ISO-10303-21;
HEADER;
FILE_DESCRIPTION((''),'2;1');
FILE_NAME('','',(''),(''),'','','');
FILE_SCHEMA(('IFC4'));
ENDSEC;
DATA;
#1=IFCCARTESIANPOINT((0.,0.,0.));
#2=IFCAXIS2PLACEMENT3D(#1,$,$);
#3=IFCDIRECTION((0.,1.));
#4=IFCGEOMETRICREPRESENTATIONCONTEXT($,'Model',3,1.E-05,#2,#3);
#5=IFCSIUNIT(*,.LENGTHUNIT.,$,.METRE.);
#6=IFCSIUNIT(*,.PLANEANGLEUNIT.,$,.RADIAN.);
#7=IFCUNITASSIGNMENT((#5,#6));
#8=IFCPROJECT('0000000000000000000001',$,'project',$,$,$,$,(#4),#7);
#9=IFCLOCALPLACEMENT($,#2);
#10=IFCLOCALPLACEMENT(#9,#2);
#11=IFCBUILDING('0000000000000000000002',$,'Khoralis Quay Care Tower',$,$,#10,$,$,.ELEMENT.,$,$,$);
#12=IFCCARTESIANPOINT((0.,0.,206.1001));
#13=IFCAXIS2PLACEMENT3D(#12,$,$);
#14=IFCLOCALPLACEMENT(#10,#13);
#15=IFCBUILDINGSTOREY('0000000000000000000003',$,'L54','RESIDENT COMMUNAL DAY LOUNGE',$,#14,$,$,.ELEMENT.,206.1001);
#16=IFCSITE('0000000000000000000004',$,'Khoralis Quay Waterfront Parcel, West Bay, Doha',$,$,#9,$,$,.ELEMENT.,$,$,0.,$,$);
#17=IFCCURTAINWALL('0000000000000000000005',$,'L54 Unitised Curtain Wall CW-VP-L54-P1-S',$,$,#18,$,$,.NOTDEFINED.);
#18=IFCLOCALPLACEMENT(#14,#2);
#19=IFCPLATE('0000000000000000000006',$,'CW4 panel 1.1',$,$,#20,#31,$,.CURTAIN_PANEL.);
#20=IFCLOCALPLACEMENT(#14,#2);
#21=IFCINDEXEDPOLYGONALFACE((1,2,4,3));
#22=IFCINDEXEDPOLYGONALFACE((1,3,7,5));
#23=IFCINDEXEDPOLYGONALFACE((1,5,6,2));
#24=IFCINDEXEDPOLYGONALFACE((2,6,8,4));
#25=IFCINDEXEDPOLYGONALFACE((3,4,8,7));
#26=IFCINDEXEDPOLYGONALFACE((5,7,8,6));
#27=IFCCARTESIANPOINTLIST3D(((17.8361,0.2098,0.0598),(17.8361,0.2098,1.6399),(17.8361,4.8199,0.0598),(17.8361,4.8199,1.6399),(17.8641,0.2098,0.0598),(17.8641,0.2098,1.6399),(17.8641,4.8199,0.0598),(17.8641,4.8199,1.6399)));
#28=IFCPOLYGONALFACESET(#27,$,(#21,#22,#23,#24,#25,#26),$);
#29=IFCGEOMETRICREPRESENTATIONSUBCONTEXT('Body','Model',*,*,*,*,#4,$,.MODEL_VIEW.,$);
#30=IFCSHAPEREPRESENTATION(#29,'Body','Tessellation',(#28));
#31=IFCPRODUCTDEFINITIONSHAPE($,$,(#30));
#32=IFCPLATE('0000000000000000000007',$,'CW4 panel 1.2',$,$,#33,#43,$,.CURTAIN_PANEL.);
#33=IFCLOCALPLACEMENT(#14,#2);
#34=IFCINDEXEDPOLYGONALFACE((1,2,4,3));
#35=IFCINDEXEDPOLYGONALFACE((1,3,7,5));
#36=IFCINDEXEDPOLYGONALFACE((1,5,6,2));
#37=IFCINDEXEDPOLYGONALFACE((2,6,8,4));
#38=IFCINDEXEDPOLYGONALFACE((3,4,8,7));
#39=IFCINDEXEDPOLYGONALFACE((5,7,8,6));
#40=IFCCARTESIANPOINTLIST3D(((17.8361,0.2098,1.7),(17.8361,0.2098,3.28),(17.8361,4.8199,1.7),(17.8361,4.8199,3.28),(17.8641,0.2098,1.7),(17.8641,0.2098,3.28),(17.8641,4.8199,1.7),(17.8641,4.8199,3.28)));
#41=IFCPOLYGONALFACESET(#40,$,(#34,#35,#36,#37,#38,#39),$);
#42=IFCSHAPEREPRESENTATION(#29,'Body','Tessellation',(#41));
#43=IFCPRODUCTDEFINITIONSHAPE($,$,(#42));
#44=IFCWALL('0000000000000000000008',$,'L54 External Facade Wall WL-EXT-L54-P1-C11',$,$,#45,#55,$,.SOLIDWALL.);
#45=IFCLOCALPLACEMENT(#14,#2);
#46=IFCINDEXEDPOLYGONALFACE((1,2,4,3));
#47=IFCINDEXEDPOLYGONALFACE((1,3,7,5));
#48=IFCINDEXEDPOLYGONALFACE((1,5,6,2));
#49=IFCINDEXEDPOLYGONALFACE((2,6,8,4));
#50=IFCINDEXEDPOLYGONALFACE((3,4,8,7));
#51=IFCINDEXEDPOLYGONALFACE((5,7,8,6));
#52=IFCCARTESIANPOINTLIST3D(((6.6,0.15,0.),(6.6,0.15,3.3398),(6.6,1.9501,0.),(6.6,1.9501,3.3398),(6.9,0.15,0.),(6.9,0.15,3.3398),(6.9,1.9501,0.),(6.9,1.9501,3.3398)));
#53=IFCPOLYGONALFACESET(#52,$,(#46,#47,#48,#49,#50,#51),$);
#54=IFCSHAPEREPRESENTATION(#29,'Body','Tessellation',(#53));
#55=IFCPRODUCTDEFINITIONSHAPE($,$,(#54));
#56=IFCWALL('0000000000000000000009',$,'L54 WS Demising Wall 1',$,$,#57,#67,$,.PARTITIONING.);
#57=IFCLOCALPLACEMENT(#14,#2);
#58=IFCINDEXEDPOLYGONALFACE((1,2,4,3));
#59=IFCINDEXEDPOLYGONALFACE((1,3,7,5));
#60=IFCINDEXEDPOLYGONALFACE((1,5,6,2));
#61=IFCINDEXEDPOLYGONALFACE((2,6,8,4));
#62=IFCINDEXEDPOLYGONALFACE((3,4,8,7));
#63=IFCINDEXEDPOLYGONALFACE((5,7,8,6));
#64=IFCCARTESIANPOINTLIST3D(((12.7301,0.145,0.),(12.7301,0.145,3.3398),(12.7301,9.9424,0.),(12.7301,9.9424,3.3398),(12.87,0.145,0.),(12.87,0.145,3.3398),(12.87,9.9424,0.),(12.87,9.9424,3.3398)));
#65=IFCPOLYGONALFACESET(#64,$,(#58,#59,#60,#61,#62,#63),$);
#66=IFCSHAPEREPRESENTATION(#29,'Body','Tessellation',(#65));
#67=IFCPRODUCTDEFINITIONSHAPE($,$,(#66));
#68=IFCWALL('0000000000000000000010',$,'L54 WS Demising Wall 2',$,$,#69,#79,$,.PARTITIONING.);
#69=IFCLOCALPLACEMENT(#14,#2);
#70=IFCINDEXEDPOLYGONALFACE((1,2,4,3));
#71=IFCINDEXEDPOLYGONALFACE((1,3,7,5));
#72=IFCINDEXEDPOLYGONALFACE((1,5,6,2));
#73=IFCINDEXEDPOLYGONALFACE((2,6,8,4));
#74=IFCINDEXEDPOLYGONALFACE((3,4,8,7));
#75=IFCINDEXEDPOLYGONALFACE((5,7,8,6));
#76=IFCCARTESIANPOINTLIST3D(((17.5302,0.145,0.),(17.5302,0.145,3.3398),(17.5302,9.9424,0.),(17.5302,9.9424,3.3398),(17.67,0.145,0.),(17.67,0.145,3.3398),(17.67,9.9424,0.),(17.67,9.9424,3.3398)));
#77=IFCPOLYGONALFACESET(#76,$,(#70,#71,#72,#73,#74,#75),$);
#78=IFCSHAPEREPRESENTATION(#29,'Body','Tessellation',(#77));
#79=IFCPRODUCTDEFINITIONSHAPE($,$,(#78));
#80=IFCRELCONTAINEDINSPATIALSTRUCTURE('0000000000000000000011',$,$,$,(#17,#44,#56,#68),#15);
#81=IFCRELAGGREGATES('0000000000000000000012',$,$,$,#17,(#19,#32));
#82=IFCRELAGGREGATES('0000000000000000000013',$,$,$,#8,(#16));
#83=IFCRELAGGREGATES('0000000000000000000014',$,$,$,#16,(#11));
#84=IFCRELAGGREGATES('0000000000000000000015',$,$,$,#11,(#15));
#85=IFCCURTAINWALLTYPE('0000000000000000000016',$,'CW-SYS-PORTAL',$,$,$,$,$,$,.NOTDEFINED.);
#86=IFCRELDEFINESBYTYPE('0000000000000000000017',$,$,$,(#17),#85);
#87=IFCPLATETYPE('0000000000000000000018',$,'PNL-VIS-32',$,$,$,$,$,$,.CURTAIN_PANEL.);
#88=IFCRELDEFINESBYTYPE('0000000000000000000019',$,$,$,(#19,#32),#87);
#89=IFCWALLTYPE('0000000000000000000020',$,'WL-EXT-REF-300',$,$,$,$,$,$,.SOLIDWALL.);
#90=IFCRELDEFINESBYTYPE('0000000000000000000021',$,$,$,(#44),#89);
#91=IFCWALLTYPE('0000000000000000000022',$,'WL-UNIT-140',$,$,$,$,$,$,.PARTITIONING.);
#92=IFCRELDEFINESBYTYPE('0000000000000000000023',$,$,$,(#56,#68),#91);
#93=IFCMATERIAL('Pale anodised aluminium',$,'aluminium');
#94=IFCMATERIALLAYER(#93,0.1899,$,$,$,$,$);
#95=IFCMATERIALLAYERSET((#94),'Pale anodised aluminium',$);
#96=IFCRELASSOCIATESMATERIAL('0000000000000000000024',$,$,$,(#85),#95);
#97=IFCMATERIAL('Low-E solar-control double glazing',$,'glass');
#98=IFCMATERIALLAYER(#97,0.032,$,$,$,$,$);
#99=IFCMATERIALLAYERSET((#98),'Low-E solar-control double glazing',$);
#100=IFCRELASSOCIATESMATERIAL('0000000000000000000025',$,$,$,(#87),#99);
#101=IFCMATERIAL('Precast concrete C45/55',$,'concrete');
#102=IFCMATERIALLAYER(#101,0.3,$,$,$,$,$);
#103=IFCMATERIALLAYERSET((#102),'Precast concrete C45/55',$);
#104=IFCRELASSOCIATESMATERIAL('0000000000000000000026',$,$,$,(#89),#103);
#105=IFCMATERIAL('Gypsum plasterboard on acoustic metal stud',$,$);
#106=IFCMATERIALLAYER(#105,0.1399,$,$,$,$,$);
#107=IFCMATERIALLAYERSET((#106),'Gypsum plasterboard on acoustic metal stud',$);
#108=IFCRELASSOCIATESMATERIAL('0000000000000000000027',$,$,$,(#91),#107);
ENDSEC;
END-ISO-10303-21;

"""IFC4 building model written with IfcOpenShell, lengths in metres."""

from ifc_helpers import new_model, si_unit, direction, frame, frame_2d, origin, origin_2d, place, context, subcontext, project, spatial, rectangle, extrude, source, transform, mapped, material, layer, layer_set, type_object, element, aggregate, save


model = new_model("IFC4")

# Units and contexts
model_context = context("Model", 3, precision=1e-05, world=origin(), true_north=direction((0.0, 1.0)))
body_context = subcontext(model_context, "Body", "Model", "MODEL_VIEW")
ifc_project = project(units=[si_unit("LENGTHUNIT", "METRE"), si_unit("PLANEANGLEUNIT", "RADIAN")], contexts=[model_context])

# Site, building, storey
site_placement = place(None, origin())
site = spatial("IfcSite", under=ifc_project, at=site_placement, Name="Khoralis Quay Waterfront Parcel, West Bay, Doha", CompositionType="ELEMENT", RefElevation=0.0)
building_placement = place(site_placement, origin())
building = spatial("IfcBuilding", under=site, at=building_placement, Name="Khoralis Quay Care Tower", CompositionType="ELEMENT")
storey_placement = place(building_placement, frame((0.0, 0.0, 206.1001)))
storey = spatial("IfcBuildingStorey", under=building, at=storey_placement, Name="L54", Description="RESIDENT COMMUNAL DAY LOUNGE", CompositionType="ELEMENT", Elevation=206.1001)

# Curtain wall, plates
ifc_material_1 = material(Name="Pale anodised aluminium", Category="aluminium")
ifc_layer_1 = layer(ifc_material_1, 0.1899)
ifc_layer_set_1 = layer_set([ifc_layer_1], Name="Pale anodised aluminium")
curtain_wall_type = type_object("IfcCurtainWallType", Name="CW-SYS-PORTAL", PredefinedType="NOTDEFINED", material=ifc_layer_set_1)
curtain_wall_placement = place(storey_placement, origin())
curtain_wall = element("IfcCurtainWall", 1, at=curtain_wall_placement, inside=storey, type_object=curtain_wall_type, Name="L54 Unitised Curtain Wall CW-VP-L54-P1-S", PredefinedType="NOTDEFINED")
ifc_material_2 = material(Name="Low-E solar-control double glazing", Category="glass")
ifc_layer_2 = layer(ifc_material_2, 0.032)
ifc_layer_set_2 = layer_set([ifc_layer_2], Name="Low-E solar-control double glazing")
plate_type = type_object("IfcPlateType", Name="PNL-VIS-32", PredefinedType="CURTAIN_PANEL", material=ifc_layer_set_2)
shared_shape_1 = source(origin(), body_context, "Body", "SweptSolid", [
    extrude(rectangle(XDim=4.6101, YDim=0.0281, at=origin_2d()), origin(), (0.0, 0.0, 1.0), 1.5801),
])
plate_1_placement = place(storey_placement, frame((17.8501, 2.5149, 0.0598), z_axis=(0.0, 0.0, 1.0), x_axis=(0.0, 1.0, 0.0)))
plate_1 = element("IfcPlate", 2, at=plate_1_placement, type_object=plate_type, Name="CW4 panel 1.1", PredefinedType="CURTAIN_PANEL", context=body_context, shape_type="MappedRepresentation", body=[
    mapped(shared_shape_1, transform((0.0, 0.0, 0.0), scale=1.0)),
])
plate_2_placement = place(storey_placement, frame((17.8501, 2.5149, 1.7), z_axis=(0.0, 0.0, 1.0), x_axis=(0.0, 1.0, 0.0)))
plate_2 = element("IfcPlate", 3, at=plate_2_placement, type_object=plate_type, Name="CW4 panel 1.2", PredefinedType="CURTAIN_PANEL", context=body_context, shape_type="MappedRepresentation", body=[
    mapped(shared_shape_1, transform((0.0, 0.0, 0.0), scale=1.0)),
])
aggregate(curtain_wall, [plate_1, plate_2])

# Walls
ifc_material_3 = material(Name="Precast concrete C45/55", Category="concrete")
ifc_layer_3 = layer(ifc_material_3, 0.3)
ifc_layer_set_3 = layer_set([ifc_layer_3], Name="Precast concrete C45/55")
wall_type_1 = type_object("IfcWallType", Name="WL-EXT-REF-300", PredefinedType="SOLIDWALL", material=ifc_layer_set_3)
wall_placement = place(storey_placement, frame((6.75, 1.95, 0.0), z_axis=(0.0, 0.0, 1.0), x_axis=(0.0, -1.0, 0.0)))
element("IfcWall", 4, at=wall_placement, inside=storey, type_object=wall_type_1, Name="L54 External Facade Wall WL-EXT-L54-P1-C11", PredefinedType="SOLIDWALL", context=body_context, shape_type="SweptSolid", body=[
    extrude(rectangle(XDim=1.8, YDim=0.3, at=frame_2d((0.8999, 0.0))), origin(), (0.0, 0.0, 1.0), 3.3398),
])
ifc_material_4 = material(Name="Gypsum plasterboard on acoustic metal stud")
ifc_layer_4 = layer(ifc_material_4, 0.1399)
ifc_layer_set_4 = layer_set([ifc_layer_4], Name="Gypsum plasterboard on acoustic metal stud")
wall_type_2 = type_object("IfcWallType", Name="WL-UNIT-140", PredefinedType="PARTITIONING", material=ifc_layer_set_4)
for number, where, z_axis, x_axis, name in (
    (5, (12.8, 0.145, 0.0), (0.0, 0.0, 1.0), (0.0, 1.0, 0.0), "L54 WS Demising Wall 1"),
    (6, (17.6001, 0.145, 0.0), (0.0, 0.0, 1.0), (0.0, 1.0, 0.0), "L54 WS Demising Wall 2"),
):
    element("IfcWall", number, at=place(storey_placement, frame(where, z_axis=z_axis, x_axis=x_axis)), inside=storey, type_object=wall_type_2, Name=name, PredefinedType="PARTITIONING", context=body_context, shape_type="SweptSolid", body=[
        extrude(rectangle(XDim=9.7974, YDim=0.1399, at=frame_2d((4.8987, 0.0))), origin(), (0.0, 0.0, 1.0), 3.3398),
    ])

save(model, "model.ifc")
